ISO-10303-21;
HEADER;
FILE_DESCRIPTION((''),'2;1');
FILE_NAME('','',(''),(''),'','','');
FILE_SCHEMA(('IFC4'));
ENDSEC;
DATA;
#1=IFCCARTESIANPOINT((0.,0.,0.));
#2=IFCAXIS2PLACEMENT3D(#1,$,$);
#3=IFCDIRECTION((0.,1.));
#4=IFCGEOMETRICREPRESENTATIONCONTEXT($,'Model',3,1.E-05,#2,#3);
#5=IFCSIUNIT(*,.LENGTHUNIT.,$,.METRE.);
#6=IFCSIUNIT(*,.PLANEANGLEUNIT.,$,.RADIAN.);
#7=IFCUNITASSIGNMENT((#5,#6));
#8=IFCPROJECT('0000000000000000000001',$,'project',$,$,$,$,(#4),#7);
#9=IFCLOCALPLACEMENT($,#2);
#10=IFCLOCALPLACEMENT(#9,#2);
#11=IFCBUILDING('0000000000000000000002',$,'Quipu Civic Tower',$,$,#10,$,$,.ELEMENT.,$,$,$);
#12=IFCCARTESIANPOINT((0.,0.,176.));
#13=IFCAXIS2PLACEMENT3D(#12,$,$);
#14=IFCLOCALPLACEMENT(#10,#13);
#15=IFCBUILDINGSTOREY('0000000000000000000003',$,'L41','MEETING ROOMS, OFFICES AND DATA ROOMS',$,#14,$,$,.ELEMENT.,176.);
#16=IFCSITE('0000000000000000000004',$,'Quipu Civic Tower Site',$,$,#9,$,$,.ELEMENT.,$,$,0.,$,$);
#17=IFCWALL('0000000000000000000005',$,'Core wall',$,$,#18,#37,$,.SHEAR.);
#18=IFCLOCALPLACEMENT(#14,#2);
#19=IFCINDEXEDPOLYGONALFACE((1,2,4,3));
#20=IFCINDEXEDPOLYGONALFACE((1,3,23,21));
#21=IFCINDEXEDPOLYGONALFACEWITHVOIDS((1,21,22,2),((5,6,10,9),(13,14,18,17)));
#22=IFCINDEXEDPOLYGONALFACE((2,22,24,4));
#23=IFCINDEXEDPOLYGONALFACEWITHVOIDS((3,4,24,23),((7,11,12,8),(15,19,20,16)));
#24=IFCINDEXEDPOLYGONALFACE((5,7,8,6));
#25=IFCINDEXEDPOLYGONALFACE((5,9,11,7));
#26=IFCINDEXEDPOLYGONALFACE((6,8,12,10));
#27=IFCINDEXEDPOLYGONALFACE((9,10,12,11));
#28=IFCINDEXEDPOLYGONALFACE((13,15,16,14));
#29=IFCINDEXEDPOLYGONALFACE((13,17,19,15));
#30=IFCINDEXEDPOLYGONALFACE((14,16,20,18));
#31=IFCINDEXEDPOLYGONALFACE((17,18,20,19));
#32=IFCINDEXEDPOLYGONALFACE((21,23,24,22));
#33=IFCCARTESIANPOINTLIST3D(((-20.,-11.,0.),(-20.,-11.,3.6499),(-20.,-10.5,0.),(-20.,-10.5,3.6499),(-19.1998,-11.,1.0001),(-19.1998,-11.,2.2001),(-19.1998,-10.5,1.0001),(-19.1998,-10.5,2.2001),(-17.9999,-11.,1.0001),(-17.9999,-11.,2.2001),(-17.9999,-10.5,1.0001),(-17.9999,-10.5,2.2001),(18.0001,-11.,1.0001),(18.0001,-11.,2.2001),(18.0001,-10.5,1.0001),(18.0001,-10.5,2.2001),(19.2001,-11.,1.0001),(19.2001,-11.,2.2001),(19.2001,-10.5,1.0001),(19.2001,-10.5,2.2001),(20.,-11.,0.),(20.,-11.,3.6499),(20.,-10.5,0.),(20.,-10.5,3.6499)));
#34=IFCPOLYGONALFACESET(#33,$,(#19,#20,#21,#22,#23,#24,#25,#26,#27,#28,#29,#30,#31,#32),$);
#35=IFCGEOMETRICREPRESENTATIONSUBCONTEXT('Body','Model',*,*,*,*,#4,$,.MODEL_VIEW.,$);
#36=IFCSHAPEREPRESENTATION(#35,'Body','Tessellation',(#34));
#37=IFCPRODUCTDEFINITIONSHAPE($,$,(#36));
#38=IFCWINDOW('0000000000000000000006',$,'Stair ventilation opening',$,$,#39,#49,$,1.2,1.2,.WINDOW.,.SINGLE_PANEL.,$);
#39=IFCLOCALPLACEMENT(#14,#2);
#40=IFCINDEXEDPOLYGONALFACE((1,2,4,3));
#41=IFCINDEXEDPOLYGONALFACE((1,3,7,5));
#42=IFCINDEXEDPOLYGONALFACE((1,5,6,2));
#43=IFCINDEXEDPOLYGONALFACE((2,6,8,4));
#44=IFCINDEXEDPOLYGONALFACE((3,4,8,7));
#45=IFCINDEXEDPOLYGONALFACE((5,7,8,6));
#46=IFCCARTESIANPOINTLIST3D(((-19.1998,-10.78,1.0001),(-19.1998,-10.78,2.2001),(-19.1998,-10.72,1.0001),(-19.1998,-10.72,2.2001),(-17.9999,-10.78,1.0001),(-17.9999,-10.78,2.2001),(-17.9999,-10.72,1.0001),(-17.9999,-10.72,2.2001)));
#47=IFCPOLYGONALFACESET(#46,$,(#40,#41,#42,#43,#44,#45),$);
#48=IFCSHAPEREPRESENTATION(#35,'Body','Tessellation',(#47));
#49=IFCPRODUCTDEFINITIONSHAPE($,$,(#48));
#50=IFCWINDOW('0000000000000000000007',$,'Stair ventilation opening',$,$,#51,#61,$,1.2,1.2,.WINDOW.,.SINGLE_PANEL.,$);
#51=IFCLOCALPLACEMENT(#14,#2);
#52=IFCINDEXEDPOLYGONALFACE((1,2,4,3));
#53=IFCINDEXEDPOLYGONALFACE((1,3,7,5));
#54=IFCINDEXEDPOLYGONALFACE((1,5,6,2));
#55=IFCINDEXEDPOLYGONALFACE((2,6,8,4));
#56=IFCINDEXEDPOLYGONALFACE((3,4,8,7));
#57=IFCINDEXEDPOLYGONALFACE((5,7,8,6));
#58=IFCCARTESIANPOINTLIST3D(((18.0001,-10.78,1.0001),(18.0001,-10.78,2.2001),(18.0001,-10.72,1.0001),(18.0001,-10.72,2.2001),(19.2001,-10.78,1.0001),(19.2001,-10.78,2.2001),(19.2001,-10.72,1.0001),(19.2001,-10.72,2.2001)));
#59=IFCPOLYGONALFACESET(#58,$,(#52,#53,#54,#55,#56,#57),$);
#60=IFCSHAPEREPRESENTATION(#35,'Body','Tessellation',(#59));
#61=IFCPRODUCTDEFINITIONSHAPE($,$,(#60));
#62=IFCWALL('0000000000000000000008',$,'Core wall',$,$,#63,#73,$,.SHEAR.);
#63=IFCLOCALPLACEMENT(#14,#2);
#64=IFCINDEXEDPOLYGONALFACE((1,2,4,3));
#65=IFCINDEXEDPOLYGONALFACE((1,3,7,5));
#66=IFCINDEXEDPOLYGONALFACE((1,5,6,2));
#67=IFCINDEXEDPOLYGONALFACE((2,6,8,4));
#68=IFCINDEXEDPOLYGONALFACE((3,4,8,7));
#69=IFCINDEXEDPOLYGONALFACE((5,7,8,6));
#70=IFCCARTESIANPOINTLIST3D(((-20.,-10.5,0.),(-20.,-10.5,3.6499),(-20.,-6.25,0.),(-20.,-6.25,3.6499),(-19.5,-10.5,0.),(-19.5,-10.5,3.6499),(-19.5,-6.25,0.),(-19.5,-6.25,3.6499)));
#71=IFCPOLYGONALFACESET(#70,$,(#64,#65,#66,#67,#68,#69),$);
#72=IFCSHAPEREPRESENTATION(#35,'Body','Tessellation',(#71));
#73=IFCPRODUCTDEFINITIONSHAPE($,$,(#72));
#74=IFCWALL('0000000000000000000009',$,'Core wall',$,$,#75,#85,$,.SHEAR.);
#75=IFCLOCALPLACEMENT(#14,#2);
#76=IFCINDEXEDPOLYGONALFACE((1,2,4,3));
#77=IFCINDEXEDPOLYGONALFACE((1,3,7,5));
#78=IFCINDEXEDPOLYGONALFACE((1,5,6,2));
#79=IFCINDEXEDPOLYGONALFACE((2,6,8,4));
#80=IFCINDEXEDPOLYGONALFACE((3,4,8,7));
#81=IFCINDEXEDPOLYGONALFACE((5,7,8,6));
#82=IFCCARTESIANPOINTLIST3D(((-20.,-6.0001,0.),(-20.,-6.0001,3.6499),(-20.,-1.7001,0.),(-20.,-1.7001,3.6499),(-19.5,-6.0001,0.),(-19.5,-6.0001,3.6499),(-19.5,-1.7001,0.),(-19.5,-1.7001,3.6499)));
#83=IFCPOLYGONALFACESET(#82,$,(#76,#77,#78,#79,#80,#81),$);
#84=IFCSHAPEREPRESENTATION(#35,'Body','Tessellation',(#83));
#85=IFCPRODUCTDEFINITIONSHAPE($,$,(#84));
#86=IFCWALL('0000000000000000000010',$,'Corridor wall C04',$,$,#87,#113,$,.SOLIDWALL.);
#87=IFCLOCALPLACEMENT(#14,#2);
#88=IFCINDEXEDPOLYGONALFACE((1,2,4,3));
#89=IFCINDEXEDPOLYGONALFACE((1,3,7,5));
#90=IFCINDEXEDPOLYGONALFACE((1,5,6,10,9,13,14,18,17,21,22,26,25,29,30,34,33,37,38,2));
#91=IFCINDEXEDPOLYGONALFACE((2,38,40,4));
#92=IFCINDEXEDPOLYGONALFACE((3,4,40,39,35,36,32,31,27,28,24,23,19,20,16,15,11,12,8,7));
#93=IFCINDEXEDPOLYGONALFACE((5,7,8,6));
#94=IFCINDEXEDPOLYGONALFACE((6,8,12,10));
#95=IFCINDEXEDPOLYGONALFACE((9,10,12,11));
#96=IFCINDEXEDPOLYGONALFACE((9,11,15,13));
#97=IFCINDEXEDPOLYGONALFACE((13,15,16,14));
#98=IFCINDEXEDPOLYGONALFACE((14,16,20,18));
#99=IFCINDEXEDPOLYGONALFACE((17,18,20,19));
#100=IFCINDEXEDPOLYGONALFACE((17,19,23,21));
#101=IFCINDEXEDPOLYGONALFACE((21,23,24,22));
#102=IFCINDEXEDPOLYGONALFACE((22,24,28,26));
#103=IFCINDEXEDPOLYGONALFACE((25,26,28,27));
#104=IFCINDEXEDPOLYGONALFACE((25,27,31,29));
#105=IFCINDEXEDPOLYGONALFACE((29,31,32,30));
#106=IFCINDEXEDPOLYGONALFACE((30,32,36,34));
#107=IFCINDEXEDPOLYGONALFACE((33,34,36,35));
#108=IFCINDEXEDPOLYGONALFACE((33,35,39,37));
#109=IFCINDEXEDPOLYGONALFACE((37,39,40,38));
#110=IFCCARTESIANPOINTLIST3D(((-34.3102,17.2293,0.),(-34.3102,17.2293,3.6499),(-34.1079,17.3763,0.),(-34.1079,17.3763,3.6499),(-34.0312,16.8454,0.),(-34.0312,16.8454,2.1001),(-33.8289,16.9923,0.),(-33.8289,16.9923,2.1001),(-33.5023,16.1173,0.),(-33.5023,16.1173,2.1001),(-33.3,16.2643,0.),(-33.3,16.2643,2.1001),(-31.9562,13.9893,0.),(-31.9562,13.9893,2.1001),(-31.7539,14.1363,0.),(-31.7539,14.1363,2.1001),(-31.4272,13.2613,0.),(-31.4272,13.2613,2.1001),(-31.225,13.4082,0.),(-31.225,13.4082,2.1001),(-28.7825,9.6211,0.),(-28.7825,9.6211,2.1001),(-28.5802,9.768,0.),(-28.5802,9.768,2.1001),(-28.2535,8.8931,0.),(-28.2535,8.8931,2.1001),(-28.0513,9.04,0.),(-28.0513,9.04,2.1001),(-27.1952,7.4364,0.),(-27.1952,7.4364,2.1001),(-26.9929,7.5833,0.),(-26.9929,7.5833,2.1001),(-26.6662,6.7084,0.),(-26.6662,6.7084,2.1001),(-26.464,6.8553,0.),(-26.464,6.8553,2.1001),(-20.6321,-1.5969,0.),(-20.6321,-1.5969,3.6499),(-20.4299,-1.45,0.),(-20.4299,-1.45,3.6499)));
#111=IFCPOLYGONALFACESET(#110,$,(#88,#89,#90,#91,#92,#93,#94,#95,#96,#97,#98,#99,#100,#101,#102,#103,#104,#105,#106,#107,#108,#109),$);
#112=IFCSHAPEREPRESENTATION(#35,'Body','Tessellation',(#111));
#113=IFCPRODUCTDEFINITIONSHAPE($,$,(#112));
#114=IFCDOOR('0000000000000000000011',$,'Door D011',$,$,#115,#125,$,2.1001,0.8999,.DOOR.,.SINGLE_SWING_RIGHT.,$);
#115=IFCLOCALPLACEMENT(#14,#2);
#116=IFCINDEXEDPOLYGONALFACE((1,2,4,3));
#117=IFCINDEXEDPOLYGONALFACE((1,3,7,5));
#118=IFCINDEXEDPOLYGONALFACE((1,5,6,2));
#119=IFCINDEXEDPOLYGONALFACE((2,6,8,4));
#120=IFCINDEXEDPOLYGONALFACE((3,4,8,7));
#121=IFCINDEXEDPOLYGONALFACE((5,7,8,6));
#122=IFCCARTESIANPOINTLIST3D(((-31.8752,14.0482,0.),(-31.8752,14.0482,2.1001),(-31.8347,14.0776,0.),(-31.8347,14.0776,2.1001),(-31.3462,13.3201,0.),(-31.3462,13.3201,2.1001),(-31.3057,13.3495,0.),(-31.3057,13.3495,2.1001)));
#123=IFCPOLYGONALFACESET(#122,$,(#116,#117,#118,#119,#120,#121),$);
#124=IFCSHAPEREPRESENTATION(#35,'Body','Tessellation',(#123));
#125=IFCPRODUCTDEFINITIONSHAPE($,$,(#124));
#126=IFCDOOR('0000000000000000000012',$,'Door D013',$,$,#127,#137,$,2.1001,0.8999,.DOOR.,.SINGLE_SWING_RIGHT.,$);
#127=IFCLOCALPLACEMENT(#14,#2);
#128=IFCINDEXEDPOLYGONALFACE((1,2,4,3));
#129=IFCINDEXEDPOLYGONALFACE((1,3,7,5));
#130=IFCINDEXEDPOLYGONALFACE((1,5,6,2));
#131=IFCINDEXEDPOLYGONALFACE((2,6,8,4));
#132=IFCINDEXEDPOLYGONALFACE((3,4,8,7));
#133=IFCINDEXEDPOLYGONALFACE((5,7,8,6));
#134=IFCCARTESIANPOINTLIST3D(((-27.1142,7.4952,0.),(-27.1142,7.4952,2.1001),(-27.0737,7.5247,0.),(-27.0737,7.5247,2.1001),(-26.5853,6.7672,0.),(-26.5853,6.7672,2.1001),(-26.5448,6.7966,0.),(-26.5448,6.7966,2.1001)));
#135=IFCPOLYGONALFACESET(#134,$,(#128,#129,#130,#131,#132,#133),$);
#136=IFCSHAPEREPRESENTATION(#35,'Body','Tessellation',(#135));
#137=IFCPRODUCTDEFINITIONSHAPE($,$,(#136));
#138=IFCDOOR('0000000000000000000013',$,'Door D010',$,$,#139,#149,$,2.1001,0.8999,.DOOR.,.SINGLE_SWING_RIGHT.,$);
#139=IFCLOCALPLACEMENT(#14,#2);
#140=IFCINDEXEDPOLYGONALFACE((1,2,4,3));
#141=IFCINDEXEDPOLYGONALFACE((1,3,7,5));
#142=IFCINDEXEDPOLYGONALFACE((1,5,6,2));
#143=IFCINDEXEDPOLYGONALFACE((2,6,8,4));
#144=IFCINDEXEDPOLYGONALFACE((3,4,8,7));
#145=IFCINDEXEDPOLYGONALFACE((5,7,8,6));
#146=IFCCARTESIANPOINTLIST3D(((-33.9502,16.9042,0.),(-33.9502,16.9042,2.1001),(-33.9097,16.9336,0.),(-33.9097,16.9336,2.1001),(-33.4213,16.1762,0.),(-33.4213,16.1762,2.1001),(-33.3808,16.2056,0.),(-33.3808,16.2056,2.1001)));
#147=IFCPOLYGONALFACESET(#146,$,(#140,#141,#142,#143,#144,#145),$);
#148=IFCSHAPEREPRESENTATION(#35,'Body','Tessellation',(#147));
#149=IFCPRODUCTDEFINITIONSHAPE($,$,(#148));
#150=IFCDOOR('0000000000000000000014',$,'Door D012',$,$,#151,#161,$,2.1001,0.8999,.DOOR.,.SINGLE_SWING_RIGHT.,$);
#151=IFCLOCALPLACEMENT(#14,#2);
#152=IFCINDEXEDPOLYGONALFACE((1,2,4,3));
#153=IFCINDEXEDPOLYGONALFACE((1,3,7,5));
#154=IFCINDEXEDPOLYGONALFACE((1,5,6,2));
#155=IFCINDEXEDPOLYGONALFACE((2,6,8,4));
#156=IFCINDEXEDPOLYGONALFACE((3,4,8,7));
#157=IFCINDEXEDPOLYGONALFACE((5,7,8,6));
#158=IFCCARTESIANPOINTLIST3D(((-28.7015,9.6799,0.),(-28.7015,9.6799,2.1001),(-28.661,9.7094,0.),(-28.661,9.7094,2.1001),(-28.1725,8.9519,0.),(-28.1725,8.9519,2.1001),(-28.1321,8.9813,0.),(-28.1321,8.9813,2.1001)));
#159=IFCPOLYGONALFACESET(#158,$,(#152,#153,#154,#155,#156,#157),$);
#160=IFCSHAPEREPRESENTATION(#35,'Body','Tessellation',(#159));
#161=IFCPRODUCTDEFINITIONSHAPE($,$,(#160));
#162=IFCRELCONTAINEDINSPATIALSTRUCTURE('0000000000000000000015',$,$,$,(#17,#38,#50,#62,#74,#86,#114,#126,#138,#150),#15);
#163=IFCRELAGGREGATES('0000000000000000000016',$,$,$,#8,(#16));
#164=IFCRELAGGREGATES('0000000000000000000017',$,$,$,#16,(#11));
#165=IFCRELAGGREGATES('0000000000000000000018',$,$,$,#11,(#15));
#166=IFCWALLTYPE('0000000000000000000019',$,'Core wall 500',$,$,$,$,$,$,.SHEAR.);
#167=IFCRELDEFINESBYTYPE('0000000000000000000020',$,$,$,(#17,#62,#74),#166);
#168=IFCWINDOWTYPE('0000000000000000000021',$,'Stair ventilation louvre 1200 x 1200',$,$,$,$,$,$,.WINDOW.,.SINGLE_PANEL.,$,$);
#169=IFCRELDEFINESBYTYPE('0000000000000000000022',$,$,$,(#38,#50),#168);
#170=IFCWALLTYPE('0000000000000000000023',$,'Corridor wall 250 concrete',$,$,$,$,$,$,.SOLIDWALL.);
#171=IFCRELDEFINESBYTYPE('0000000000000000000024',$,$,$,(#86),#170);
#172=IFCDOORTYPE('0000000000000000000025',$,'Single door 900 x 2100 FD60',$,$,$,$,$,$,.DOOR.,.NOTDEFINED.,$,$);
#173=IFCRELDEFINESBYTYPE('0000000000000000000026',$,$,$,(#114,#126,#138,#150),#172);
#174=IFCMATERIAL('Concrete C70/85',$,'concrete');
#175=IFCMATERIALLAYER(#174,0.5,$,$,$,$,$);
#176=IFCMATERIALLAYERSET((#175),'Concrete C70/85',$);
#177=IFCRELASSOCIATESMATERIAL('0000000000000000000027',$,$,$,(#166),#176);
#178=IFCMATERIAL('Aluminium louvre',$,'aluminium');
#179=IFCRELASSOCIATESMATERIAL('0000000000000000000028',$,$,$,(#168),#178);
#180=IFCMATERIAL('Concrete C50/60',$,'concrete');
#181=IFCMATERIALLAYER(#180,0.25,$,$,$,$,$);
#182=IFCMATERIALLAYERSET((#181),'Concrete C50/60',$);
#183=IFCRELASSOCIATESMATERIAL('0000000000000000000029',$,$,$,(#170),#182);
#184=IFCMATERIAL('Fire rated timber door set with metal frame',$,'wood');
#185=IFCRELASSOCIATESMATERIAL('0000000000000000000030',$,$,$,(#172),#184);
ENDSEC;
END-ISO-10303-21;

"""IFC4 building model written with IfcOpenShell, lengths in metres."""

from ifc_helpers import new_model, si_unit, direction, frame, frame_2d, origin, place, context, subcontext, project, spatial, rectangle, extrude, material, layer, layer_set, type_object, element, fill, save


model = new_model("IFC4")

# Units and contexts
model_context = context("Model", 3, precision=1e-05, world=origin(), true_north=direction((0.0, 1.0)))
body_context = subcontext(model_context, "Body", "Model", "MODEL_VIEW")
ifc_project = project(units=[si_unit("LENGTHUNIT", "METRE"), si_unit("PLANEANGLEUNIT", "RADIAN")], contexts=[model_context])

# Site, building, storey
site_placement = place(None, origin())
site = spatial("IfcSite", under=ifc_project, at=site_placement, Name="Quipu Civic Tower Site", CompositionType="ELEMENT", RefElevation=0.0)
building_placement = place(site_placement, origin())
building = spatial("IfcBuilding", under=site, at=building_placement, Name="Quipu Civic Tower", CompositionType="ELEMENT")
storey_placement = place(building_placement, frame((0.0, 0.0, 176.0)))
storey = spatial("IfcBuildingStorey", under=building, at=storey_placement, Name="L41", Description="MEETING ROOMS, OFFICES AND DATA ROOMS", CompositionType="ELEMENT", Elevation=176.0)

# Wall, openings, windows
ifc_material_1 = material(Name="Concrete C70/85", Category="concrete")
ifc_layer_1 = layer(ifc_material_1, 0.5)
ifc_layer_set_1 = layer_set([ifc_layer_1], Name="Concrete C70/85")
wall_type_1 = type_object("IfcWallType", Name="Core wall 500", PredefinedType="SHEAR", material=ifc_layer_set_1)
wall_1_placement = place(storey_placement, frame((-20.0, -10.75, 0.0), z_axis=(0.0, 0.0, 1.0), x_axis=(1.0, 0.0, 0.0)))
wall_1 = element("IfcWall", 1, at=wall_1_placement, inside=storey, type_object=wall_type_1, Name="Core wall", PredefinedType="SHEAR", context=body_context, shape_type="SweptSolid", body=[
    extrude(rectangle(XDim=40.0, YDim=0.5, at=frame_2d((20.0, 0.0))), origin(), (0.0, 0.0, 1.0), 3.6499),
])
opening_1_placement = place(wall_1_placement, frame((0.8, 0.0, 1.0)))
opening_1 = element("IfcOpeningElement", 2, at=opening_1_placement, cuts=wall_1, PredefinedType="OPENING", context=body_context, shape_type="SweptSolid", body=[
    extrude(rectangle(XDim=1.2, YDim=1.2, at=frame_2d((0.6001, 0.6001))), frame((0.0, 0.26, 0.0), z_axis=(0.0, -1.0, 0.0), x_axis=(1.0, 0.0, 0.0)), (0.0, 0.0, 1.0), 0.52),
])
opening_2_placement = place(wall_1_placement, frame((38.0, 0.0, 1.0)))
opening_2 = element("IfcOpeningElement", 3, at=opening_2_placement, cuts=wall_1, PredefinedType="OPENING", context=body_context, shape_type="SweptSolid", body=[
    extrude(rectangle(XDim=1.2, YDim=1.2, at=frame_2d((0.6001, 0.6001))), frame((0.0, 0.26, 0.0), z_axis=(0.0, -1.0, 0.0), x_axis=(1.0, 0.0, 0.0)), (0.0, 0.0, 1.0), 0.52),
])
ifc_material_2 = material(Name="Aluminium louvre", Category="aluminium")
window_type = type_object("IfcWindowType", Name="Stair ventilation louvre 1200 x 1200", PartitioningType="SINGLE_PANEL", PredefinedType="WINDOW", material=ifc_material_2)
window_1_placement = place(opening_1_placement, origin())
window_1 = element("IfcWindow", 4, at=window_1_placement, inside=storey, type_object=window_type, Name="Stair ventilation opening", OverallHeight=1.2, OverallWidth=1.2, PartitioningType="SINGLE_PANEL", PredefinedType="WINDOW", context=body_context, shape_type="SweptSolid", body=[
    extrude(rectangle(XDim=1.2, YDim=1.2, at=frame_2d((0.6001, 0.6001))), frame((0.0, 0.03, 0.0), z_axis=(0.0, -1.0, 0.0), x_axis=(1.0, 0.0, 0.0)), (0.0, 0.0, 1.0), 0.0601),
])
fill(opening_1, window_1)
window_2_placement = place(opening_2_placement, origin())
window_2 = element("IfcWindow", 5, at=window_2_placement, inside=storey, type_object=window_type, Name="Stair ventilation opening", OverallHeight=1.2, OverallWidth=1.2, PartitioningType="SINGLE_PANEL", PredefinedType="WINDOW", context=body_context, shape_type="SweptSolid", body=[
    extrude(rectangle(XDim=1.2, YDim=1.2, at=frame_2d((0.6001, 0.6001))), frame((0.0, 0.03, 0.0), z_axis=(0.0, -1.0, 0.0), x_axis=(1.0, 0.0, 0.0)), (0.0, 0.0, 1.0), 0.0601),
])
fill(opening_2, window_2)

# Walls
wall_2_placement = place(storey_placement, frame((-19.75, -10.5, 0.0), z_axis=(0.0, 0.0, 1.0), x_axis=(0.0, 1.0, 0.0)))
element("IfcWall", 6, at=wall_2_placement, inside=storey, type_object=wall_type_1, Name="Core wall", PredefinedType="SHEAR", context=body_context, shape_type="SweptSolid", body=[
    extrude(rectangle(XDim=4.25, YDim=0.5, at=frame_2d((2.125, 0.0))), origin(), (0.0, 0.0, 1.0), 3.6499),
])
wall_3_placement = place(storey_placement, frame((-19.75, -6.0, 0.0), z_axis=(0.0, 0.0, 1.0), x_axis=(0.0, 1.0, 0.0)))
element("IfcWall", 7, at=wall_3_placement, inside=storey, type_object=wall_type_1, Name="Core wall", PredefinedType="SHEAR", context=body_context, shape_type="SweptSolid", body=[
    extrude(rectangle(XDim=4.3, YDim=0.5, at=frame_2d((2.1499, 0.0))), origin(), (0.0, 0.0, 1.0), 3.6499),
])

# Wall, openings, doors
ifc_material_3 = material(Name="Concrete C50/60", Category="concrete")
ifc_layer_2 = layer(ifc_material_3, 0.25)
ifc_layer_set_2 = layer_set([ifc_layer_2], Name="Concrete C50/60")
wall_type_2 = type_object("IfcWallType", Name="Corridor wall 250 concrete", PredefinedType="SOLIDWALL", material=ifc_layer_set_2)
wall_4_placement = place(storey_placement, frame((-20.531, -1.5234, 0.0), z_axis=(0.0, 0.0, 1.0), x_axis=(-0.587784, 0.809018, 0.0)))
wall_4 = element("IfcWall", 8, at=wall_4_placement, inside=storey, type_object=wall_type_2, Name="Corridor wall C04", PredefinedType="SOLIDWALL", context=body_context, shape_type="SweptSolid", body=[
    extrude(rectangle(XDim=23.2705, YDim=0.25, at=frame_2d((11.6353, 0.0))), origin(), (0.0, 0.0, 1.0), 3.6499),
])
opening_3_placement = place(wall_4_placement, frame((18.3657, 0.0, 0.0)))
opening_3 = element("IfcOpeningElement", 9, at=opening_3_placement, cuts=wall_4, PredefinedType="OPENING", context=body_context, shape_type="SweptSolid", body=[
    extrude(rectangle(XDim=0.8999, YDim=2.1001, at=frame_2d((0.45, 1.05))), frame((0.0, 0.135, 0.0), z_axis=(0.0, -1.0, 0.0), x_axis=(1.0, 0.0, 0.0)), (0.0, 0.0, 1.0), 0.27),
])
opening_4_placement = place(wall_4_placement, frame((10.2659, 0.0, 0.0)))
opening_4 = element("IfcOpeningElement", 10, at=opening_4_placement, cuts=wall_4, PredefinedType="OPENING", context=body_context, shape_type="SweptSolid", body=[
    extrude(rectangle(XDim=0.8999, YDim=2.1001, at=frame_2d((0.45, 1.05))), frame((0.0, 0.135, 0.0), z_axis=(0.0, -1.0, 0.0), x_axis=(1.0, 0.0, 0.0)), (0.0, 0.0, 1.0), 0.27),
])
opening_5_placement = place(wall_4_placement, frame((21.896, 0.0, 0.0)))
opening_5 = element("IfcOpeningElement", 11, at=opening_5_placement, cuts=wall_4, PredefinedType="OPENING", context=body_context, shape_type="SweptSolid", body=[
    extrude(rectangle(XDim=0.8999, YDim=2.1001, at=frame_2d((0.45, 1.05))), frame((0.0, 0.135, 0.0), z_axis=(0.0, -1.0, 0.0), x_axis=(1.0, 0.0, 0.0)), (0.0, 0.0, 1.0), 0.27),
])
opening_6_placement = place(wall_4_placement, frame((12.9663, 0.0, 0.0)))
opening_6 = element("IfcOpeningElement", 12, at=opening_6_placement, cuts=wall_4, PredefinedType="OPENING", context=body_context, shape_type="SweptSolid", body=[
    extrude(rectangle(XDim=0.8999, YDim=2.1001, at=frame_2d((0.45, 1.05))), frame((0.0, 0.135, 0.0), z_axis=(0.0, -1.0, 0.0), x_axis=(1.0, 0.0, 0.0)), (0.0, 0.0, 1.0), 0.27),
])
ifc_material_4 = material(Name="Fire rated timber door set with metal frame", Category="wood")
door_type_1 = type_object("IfcDoorType", Name="Single door 900 x 2100 FD60", OperationType="NOTDEFINED", PredefinedType="DOOR", material=ifc_material_4)
door_1_placement = place(opening_3_placement, origin())
door_1 = element("IfcDoor", 13, at=door_1_placement, inside=storey, type_object=door_type_1, Name="Door D011", OperationType="SINGLE_SWING_RIGHT", OverallHeight=2.1001, OverallWidth=0.8999, PredefinedType="DOOR", context=body_context, shape_type="SweptSolid", body=[
    extrude(rectangle(XDim=0.8999, YDim=2.1001, at=frame_2d((0.45, 1.05))), frame((0.0, 0.0249, 0.0), z_axis=(0.0, -1.0, 0.0), x_axis=(1.0, 0.0, 0.0)), (0.0, 0.0, 1.0), 0.05),
])
fill(opening_3, door_1)
door_2_placement = place(opening_4_placement, origin())
door_2 = element("IfcDoor", 14, at=door_2_placement, inside=storey, type_object=door_type_1, Name="Door D013", OperationType="SINGLE_SWING_RIGHT", OverallHeight=2.1001, OverallWidth=0.8999, PredefinedType="DOOR", context=body_context, shape_type="SweptSolid", body=[
    extrude(rectangle(XDim=0.8999, YDim=2.1001, at=frame_2d((0.45, 1.05))), frame((0.0, 0.0249, 0.0), z_axis=(0.0, -1.0, 0.0), x_axis=(1.0, 0.0, 0.0)), (0.0, 0.0, 1.0), 0.05),
])
fill(opening_4, door_2)
door_3_placement = place(opening_5_placement, origin())
door_3 = element("IfcDoor", 15, at=door_3_placement, inside=storey, type_object=door_type_1, Name="Door D010", OperationType="SINGLE_SWING_RIGHT", OverallHeight=2.1001, OverallWidth=0.8999, PredefinedType="DOOR", context=body_context, shape_type="SweptSolid", body=[
    extrude(rectangle(XDim=0.8999, YDim=2.1001, at=frame_2d((0.45, 1.05))), frame((0.0, 0.0249, 0.0), z_axis=(0.0, -1.0, 0.0), x_axis=(1.0, 0.0, 0.0)), (0.0, 0.0, 1.0), 0.05),
])
fill(opening_5, door_3)
door_4_placement = place(opening_6_placement, origin())
door_4 = element("IfcDoor", 16, at=door_4_placement, inside=storey, type_object=door_type_1, Name="Door D012", OperationType="SINGLE_SWING_RIGHT", OverallHeight=2.1001, OverallWidth=0.8999, PredefinedType="DOOR", context=body_context, shape_type="SweptSolid", body=[
    extrude(rectangle(XDim=0.8999, YDim=2.1001, at=frame_2d((0.45, 1.05))), frame((0.0, 0.0249, 0.0), z_axis=(0.0, -1.0, 0.0), x_axis=(1.0, 0.0, 0.0)), (0.0, 0.0, 1.0), 0.05),
])
fill(opening_6, door_4)

save(model, "model.ifc")
